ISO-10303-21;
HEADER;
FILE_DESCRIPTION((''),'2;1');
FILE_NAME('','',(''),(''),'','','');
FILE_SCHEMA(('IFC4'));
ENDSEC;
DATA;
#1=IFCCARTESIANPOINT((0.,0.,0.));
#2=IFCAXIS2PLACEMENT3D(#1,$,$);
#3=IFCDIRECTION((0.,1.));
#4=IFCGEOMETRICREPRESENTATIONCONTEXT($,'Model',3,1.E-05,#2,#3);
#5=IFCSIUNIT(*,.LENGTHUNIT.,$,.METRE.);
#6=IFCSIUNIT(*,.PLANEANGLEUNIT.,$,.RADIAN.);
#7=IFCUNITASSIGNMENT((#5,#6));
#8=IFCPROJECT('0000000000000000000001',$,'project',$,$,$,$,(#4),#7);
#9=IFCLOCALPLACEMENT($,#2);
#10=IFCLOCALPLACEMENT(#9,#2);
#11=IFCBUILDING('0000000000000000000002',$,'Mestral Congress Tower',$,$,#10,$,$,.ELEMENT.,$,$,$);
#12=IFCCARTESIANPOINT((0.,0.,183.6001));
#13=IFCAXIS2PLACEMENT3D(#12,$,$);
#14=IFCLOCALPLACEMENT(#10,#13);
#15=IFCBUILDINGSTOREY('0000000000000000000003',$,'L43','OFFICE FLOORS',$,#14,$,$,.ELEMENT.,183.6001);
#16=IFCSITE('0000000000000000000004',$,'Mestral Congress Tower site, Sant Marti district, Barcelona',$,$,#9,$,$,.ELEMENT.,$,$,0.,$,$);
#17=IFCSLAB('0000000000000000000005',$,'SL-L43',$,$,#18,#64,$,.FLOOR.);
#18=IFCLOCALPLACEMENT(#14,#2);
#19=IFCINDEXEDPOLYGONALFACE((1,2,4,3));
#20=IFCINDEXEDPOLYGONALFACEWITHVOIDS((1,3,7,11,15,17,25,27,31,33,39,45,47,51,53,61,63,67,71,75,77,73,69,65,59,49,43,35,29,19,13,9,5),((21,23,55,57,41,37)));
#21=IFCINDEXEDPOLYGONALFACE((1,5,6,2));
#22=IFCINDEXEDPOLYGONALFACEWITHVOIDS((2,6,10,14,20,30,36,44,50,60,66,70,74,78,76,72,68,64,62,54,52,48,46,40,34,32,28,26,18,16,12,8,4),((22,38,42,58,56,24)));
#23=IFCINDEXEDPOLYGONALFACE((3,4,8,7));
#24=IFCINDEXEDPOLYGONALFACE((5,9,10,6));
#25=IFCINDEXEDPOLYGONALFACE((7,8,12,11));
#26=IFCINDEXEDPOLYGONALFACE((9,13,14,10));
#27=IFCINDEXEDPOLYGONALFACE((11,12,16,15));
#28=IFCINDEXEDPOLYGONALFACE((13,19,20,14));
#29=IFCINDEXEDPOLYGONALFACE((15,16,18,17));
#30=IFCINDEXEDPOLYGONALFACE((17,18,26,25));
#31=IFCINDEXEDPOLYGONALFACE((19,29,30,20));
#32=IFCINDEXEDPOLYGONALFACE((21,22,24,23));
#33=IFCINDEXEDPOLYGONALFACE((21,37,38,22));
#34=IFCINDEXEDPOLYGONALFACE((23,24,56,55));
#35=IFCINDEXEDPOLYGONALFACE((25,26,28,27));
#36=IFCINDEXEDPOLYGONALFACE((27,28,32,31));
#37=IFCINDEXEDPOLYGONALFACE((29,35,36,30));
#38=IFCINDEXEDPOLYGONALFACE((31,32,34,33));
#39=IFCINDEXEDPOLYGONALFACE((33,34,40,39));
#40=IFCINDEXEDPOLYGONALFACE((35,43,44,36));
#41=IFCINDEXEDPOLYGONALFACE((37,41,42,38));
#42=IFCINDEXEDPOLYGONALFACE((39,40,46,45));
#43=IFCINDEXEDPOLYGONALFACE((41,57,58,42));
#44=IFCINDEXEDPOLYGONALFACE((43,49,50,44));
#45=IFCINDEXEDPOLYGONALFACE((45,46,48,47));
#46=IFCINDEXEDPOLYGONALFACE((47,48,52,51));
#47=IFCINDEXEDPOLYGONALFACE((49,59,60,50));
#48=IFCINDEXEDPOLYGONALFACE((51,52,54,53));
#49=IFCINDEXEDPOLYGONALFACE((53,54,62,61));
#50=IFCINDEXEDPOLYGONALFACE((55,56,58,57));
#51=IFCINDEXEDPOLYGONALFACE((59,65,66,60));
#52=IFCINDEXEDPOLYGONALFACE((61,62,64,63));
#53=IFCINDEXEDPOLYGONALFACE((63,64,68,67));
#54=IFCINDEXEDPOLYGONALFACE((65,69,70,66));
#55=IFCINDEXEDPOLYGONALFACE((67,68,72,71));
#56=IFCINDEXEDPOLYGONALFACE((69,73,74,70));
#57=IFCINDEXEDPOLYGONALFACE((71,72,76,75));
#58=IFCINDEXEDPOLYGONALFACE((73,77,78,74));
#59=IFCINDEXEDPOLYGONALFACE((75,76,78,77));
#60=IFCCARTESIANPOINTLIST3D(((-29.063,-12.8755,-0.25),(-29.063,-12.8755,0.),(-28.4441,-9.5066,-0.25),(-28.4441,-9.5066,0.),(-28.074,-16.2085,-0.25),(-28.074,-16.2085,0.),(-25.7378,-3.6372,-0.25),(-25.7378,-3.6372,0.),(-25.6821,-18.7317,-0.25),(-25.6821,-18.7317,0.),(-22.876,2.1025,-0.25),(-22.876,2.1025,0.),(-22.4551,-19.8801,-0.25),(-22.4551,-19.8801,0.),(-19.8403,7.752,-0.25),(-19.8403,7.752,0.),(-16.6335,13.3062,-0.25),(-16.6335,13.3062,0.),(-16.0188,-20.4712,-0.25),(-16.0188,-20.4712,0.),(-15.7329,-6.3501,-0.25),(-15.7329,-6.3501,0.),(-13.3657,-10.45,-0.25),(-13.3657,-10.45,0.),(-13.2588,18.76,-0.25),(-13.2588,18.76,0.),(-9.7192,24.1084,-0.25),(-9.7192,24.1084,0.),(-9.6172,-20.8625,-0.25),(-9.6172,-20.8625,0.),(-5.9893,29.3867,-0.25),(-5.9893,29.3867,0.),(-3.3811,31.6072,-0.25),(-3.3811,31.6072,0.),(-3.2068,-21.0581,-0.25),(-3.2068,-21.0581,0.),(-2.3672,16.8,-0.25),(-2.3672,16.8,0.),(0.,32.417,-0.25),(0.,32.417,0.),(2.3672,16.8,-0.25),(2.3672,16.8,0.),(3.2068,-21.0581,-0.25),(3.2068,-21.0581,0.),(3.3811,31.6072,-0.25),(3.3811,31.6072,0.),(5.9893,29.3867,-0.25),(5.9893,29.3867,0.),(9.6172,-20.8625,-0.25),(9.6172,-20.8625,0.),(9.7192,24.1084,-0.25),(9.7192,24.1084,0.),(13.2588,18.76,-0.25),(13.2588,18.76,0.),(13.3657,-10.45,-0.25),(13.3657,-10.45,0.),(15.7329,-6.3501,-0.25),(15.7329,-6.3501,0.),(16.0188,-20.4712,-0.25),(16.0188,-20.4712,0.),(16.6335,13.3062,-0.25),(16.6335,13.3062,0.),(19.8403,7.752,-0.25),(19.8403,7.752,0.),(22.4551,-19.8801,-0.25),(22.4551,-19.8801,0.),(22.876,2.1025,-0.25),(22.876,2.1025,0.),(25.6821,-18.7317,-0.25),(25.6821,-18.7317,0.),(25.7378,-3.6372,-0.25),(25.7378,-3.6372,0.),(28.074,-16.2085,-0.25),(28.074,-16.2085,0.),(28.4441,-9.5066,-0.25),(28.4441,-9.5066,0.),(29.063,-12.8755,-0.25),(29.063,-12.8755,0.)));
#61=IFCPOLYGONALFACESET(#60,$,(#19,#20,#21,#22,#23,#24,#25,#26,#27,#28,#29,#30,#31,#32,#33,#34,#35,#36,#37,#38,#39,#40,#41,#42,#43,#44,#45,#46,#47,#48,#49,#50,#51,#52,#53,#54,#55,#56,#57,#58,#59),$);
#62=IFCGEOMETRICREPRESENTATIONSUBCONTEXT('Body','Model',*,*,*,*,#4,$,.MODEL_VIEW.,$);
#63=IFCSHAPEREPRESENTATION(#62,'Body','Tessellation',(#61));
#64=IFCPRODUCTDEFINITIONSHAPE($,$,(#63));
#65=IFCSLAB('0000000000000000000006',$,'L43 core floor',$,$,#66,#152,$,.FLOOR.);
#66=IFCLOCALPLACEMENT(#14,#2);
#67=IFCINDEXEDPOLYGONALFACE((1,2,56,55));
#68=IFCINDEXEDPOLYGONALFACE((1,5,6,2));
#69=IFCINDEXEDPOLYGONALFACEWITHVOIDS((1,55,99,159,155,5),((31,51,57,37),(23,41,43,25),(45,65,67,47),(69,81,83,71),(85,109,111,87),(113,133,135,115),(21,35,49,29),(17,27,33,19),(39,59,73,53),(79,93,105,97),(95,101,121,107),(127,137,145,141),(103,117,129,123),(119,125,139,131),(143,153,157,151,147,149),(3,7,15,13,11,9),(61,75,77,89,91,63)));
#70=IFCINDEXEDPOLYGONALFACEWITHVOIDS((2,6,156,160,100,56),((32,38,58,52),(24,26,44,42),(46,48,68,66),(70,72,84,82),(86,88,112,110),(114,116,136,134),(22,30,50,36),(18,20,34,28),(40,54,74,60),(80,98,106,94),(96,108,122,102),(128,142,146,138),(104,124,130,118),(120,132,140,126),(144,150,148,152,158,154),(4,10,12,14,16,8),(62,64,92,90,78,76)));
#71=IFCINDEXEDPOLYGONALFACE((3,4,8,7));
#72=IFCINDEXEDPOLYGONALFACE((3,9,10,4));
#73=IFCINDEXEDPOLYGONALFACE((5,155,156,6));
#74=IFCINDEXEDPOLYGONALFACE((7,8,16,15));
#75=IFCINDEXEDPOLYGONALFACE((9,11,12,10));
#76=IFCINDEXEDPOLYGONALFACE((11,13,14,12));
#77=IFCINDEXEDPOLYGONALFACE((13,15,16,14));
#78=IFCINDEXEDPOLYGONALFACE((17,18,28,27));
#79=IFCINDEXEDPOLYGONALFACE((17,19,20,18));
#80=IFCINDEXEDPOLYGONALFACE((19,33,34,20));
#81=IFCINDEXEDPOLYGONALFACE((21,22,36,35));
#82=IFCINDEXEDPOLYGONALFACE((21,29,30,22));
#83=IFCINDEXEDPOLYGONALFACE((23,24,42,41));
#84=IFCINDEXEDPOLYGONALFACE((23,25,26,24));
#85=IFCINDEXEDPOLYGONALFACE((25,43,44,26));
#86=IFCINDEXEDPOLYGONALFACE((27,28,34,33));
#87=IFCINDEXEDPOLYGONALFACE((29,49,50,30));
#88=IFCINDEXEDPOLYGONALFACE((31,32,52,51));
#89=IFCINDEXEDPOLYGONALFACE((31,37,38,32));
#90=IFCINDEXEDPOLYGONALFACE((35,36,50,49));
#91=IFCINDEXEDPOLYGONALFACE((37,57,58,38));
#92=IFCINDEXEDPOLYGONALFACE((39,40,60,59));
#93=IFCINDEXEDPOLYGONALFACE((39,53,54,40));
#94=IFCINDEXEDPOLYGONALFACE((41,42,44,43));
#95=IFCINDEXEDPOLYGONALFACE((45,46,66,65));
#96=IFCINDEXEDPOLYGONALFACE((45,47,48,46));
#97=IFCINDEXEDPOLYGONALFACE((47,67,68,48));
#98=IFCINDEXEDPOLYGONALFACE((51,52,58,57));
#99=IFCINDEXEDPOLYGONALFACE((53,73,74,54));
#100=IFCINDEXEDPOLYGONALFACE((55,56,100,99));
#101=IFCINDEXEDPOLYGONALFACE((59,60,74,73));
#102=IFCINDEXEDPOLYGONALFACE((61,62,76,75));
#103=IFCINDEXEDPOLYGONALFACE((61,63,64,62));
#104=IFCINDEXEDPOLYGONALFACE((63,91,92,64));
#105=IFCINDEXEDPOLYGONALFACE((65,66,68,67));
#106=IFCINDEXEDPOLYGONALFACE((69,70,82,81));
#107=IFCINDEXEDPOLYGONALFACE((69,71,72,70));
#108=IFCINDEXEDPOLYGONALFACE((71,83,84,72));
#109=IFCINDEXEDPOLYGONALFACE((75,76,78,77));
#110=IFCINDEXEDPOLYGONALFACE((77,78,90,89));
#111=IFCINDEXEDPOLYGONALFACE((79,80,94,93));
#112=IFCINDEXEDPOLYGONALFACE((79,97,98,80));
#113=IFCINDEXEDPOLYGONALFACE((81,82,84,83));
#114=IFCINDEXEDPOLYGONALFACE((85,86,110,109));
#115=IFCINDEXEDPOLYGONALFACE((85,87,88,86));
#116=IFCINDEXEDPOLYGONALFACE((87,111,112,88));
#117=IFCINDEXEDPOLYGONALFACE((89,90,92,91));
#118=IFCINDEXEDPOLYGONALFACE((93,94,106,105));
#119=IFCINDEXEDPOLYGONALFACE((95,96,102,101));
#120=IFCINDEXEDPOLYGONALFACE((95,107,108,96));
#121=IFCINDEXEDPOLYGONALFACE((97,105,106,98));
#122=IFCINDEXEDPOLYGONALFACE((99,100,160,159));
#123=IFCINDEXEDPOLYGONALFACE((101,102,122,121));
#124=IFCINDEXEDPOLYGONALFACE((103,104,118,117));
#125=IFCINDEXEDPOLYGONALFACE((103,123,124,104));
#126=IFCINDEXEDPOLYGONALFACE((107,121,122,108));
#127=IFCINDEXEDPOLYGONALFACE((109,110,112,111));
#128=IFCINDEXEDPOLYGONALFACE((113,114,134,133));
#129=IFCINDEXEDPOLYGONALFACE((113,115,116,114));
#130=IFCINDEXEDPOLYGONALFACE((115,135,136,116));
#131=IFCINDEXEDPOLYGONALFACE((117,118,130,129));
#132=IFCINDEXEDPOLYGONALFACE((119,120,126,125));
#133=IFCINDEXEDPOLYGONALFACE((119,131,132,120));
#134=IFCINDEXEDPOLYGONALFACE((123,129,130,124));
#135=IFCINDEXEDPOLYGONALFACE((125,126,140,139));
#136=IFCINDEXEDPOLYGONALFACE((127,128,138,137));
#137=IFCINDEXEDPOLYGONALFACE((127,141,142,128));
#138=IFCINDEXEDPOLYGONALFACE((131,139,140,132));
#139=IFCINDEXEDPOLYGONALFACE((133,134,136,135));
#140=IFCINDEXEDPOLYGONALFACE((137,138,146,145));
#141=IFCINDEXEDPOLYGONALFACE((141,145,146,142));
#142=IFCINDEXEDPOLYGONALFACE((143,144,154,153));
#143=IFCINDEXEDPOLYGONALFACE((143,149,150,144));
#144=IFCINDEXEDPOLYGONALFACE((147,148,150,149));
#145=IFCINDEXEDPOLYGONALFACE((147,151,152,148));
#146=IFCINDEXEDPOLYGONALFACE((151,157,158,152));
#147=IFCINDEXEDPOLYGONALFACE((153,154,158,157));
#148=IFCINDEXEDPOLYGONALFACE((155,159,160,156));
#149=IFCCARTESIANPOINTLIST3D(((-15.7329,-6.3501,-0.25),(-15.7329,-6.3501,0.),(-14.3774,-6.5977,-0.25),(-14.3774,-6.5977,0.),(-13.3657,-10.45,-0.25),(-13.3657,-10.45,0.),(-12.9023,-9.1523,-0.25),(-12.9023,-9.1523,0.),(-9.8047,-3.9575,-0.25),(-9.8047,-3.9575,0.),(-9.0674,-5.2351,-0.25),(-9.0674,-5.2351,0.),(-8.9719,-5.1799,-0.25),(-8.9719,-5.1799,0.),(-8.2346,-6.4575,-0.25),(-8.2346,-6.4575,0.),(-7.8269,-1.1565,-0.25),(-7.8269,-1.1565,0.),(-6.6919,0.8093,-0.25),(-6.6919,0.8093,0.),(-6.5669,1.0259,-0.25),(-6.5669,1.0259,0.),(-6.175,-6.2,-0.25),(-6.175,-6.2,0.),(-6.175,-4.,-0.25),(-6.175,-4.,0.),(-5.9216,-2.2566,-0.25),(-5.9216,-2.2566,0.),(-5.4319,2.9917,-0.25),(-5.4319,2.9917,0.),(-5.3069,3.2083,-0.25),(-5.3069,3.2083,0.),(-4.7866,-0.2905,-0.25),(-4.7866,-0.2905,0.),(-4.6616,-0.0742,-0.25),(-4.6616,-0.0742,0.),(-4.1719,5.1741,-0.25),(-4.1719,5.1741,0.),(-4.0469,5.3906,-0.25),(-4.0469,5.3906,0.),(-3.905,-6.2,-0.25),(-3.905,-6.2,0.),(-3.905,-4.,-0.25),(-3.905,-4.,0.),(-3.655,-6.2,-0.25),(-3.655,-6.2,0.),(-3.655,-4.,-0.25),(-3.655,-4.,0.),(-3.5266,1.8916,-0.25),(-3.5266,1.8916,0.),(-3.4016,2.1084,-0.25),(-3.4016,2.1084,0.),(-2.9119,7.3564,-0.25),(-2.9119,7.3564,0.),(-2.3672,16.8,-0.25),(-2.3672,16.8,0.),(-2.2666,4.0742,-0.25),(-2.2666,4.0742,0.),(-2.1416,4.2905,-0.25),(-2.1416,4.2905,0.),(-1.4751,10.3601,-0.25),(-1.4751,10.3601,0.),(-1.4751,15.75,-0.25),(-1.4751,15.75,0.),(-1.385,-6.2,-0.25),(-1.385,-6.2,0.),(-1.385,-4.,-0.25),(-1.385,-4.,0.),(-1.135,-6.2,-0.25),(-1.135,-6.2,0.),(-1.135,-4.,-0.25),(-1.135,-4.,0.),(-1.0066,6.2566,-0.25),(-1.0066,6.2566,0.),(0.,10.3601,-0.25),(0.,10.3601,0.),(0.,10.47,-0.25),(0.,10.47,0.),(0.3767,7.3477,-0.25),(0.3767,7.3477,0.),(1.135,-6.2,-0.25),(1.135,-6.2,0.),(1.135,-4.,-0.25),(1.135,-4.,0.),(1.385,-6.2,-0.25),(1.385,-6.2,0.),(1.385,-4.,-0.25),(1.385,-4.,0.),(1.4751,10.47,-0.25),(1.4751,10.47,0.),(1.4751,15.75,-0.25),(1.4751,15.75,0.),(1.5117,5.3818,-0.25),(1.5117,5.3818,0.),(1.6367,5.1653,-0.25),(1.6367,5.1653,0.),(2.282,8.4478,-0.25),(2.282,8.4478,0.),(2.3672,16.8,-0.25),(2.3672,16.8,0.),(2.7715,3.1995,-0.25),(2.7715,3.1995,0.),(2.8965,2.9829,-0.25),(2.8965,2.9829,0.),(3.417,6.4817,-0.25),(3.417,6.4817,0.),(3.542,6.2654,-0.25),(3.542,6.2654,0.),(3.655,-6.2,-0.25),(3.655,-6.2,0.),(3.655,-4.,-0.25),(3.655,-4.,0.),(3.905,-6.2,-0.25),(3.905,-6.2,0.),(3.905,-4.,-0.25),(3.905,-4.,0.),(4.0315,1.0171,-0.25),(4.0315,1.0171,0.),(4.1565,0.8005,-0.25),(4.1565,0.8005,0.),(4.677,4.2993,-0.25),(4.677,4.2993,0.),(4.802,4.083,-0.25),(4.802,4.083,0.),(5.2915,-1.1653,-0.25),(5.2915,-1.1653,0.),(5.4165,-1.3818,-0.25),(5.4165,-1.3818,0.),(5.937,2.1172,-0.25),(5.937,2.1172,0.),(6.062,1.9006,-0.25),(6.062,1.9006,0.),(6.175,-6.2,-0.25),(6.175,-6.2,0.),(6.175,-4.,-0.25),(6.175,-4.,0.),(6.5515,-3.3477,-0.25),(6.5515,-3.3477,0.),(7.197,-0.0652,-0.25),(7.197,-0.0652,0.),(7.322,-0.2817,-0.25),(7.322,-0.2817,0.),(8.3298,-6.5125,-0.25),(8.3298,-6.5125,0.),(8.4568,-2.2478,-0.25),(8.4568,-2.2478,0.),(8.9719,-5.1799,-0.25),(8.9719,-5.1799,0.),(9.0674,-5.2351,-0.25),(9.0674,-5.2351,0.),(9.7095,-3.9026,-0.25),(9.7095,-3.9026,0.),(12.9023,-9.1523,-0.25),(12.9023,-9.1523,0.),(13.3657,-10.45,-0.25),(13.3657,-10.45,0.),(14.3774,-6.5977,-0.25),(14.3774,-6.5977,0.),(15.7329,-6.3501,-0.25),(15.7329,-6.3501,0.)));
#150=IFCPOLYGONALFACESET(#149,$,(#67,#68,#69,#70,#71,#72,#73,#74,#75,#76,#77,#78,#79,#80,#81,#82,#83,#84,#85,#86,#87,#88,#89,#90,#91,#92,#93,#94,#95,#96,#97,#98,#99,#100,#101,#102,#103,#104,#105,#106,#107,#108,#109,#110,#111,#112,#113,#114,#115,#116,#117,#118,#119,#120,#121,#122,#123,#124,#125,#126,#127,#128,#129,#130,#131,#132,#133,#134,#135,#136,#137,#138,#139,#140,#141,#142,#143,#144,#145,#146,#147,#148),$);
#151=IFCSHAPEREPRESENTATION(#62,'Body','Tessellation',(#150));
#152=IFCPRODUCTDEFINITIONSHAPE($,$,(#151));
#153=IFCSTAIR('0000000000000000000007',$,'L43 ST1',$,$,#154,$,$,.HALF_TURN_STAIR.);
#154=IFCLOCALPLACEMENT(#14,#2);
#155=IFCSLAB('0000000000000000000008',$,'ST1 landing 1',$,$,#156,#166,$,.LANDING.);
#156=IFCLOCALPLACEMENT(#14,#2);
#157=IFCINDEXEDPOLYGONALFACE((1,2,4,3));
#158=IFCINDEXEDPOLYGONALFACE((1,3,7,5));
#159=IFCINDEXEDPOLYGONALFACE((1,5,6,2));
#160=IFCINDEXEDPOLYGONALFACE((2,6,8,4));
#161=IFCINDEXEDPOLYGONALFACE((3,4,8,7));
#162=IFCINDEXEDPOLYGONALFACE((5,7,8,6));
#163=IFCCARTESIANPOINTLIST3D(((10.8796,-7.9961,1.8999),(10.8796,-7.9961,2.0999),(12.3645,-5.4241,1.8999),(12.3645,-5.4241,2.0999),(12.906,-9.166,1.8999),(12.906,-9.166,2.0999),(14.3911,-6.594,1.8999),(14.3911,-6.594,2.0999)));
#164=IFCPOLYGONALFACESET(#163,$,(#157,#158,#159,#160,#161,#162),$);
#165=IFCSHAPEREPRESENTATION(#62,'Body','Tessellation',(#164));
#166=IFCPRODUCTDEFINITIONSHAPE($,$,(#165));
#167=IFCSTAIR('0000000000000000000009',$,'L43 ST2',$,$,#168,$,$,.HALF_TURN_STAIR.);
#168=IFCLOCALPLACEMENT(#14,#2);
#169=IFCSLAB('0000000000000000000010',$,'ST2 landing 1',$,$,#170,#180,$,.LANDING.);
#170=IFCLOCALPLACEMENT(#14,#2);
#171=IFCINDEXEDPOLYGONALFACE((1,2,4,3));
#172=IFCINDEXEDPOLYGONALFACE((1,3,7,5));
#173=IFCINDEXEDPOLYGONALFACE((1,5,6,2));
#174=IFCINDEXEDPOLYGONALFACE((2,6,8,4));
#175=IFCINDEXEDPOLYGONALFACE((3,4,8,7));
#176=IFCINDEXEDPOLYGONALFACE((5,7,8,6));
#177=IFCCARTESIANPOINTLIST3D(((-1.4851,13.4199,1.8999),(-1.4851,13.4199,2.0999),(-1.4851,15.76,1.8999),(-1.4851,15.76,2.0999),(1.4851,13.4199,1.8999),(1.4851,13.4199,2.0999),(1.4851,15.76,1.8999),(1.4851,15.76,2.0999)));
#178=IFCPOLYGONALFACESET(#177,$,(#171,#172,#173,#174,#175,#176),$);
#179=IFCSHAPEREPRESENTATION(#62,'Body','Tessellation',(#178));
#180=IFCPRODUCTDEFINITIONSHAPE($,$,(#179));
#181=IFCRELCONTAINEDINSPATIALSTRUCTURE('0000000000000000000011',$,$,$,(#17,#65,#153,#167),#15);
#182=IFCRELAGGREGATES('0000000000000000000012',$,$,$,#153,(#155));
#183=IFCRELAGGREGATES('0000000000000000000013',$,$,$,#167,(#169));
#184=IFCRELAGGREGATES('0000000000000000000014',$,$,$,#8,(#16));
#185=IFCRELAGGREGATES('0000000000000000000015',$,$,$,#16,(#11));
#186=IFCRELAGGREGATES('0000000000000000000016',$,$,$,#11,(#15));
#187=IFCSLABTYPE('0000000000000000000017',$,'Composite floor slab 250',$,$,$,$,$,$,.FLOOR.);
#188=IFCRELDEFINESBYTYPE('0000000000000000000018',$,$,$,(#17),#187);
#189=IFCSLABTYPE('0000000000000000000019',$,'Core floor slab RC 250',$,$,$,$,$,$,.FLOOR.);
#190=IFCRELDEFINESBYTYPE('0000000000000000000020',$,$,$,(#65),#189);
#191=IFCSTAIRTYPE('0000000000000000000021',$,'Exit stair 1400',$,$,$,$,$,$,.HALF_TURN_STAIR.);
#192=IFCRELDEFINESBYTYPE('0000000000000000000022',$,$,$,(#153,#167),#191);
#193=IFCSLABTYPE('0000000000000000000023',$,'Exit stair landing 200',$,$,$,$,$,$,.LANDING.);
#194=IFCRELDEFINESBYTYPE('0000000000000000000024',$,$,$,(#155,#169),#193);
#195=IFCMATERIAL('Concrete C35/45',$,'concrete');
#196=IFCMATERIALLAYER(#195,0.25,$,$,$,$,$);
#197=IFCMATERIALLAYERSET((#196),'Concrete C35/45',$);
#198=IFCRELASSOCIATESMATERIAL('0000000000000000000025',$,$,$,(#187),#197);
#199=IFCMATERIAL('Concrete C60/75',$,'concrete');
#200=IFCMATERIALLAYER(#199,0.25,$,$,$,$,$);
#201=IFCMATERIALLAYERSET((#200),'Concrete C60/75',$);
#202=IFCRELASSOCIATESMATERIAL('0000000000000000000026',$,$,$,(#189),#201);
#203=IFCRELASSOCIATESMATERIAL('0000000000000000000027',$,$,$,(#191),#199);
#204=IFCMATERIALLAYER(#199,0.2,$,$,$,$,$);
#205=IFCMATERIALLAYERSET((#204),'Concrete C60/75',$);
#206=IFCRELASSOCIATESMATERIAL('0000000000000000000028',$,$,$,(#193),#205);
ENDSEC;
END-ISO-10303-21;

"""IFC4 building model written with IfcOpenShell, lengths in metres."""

from ifc_helpers import new_model, si_unit, direction, frame, origin, place, context, subcontext, project, spatial, polyline, outline, extrude, material, layer, layer_set, type_object, element, aggregate, save


model = new_model("IFC4")

# Units and contexts
model_context = context("Model", 3, precision=1e-05, world=origin(), true_north=direction((0.0, 1.0)))
body_context = subcontext(model_context, "Body", "Model", "MODEL_VIEW")
ifc_project = project(units=[si_unit("LENGTHUNIT", "METRE"), si_unit("PLANEANGLEUNIT", "RADIAN")], contexts=[model_context])

# Site, building, storey
site_placement = place(None, origin())
site = spatial("IfcSite", under=ifc_project, at=site_placement, Name="Mestral Congress Tower site, Sant Marti district, Barcelona", CompositionType="ELEMENT", RefElevation=0.0)
building_placement = place(site_placement, origin())
building = spatial("IfcBuilding", under=site, at=building_placement, Name="Mestral Congress Tower", CompositionType="ELEMENT")
storey_placement = place(building_placement, frame((0.0, 0.0, 183.6001)))
storey = spatial("IfcBuildingStorey", under=building, at=storey_placement, Name="L43", Description="OFFICE FLOORS", CompositionType="ELEMENT", Elevation=183.6001)

# Slabs
ifc_material_1 = material(Name="Concrete C35/45", Category="concrete")
ifc_layer_1 = layer(ifc_material_1, 0.25)
ifc_layer_set_1 = layer_set([ifc_layer_1], Name="Concrete C35/45")
slab_type_1 = type_object("IfcSlabType", Name="Composite floor slab 250", PredefinedType="FLOOR", material=ifc_layer_set_1)
placement_1 = place(storey_placement, frame((0.0, 0.0, -0.25)))
element("IfcSlab", 1, at=placement_1, inside=storey, type_object=slab_type_1, Name="SL-L43", PredefinedType="FLOOR", context=body_context, shape_type="SweptSolid", body=[
    extrude(outline(polyline([(-22.4551, -19.8801), (-25.6821, -18.7317), (-28.074, -16.2085), (-29.063, -12.8755), (-28.4441, -9.5066), (-25.7378, -3.6372), (-22.876, 2.1025), (-19.8403, 7.752), (-16.6335, 13.3062), (-13.2588, 18.76), (-9.7192, 24.1084), (-5.9893, 29.3867), (-3.3811, 31.6072), (0.0, 32.417), (3.3811, 31.6072), (5.9893, 29.3867), (9.7192, 24.1084), (13.2588, 18.76), (16.6335, 13.3062), (19.8403, 7.752), (22.876, 2.1025), (25.7378, -3.6372), (28.4441, -9.5066), (29.063, -12.8755), (28.074, -16.2085), (25.6821, -18.7317), (22.4551, -19.8801), (16.0188, -20.4712), (9.6172, -20.8625), (3.2068, -21.0581), (-3.2068, -21.0581), (-9.6172, -20.8625), (-16.0188, -20.4712), (-22.4551, -19.8801)]), holes=[polyline([(-2.3672, 16.8), (-15.7329, -6.3501), (-13.3657, -10.45), (13.3657, -10.45), (15.7329, -6.3501), (2.3672, 16.8), (-2.3672, 16.8)])]), origin(), (0.0, 0.0, 1.0), 0.25),
])
ifc_material_2 = material(Name="Concrete C60/75", Category="concrete")
ifc_layer_2 = layer(ifc_material_2, 0.25)
ifc_layer_set_2 = layer_set([ifc_layer_2], Name="Concrete C60/75")
slab_type_2 = type_object("IfcSlabType", Name="Core floor slab RC 250", PredefinedType="FLOOR", material=ifc_layer_set_2)
element("IfcSlab", 2, at=placement_1, inside=storey, type_object=slab_type_2, Name="L43 core floor", PredefinedType="FLOOR", context=body_context, shape_type="SweptSolid", body=[
    extrude(outline(polyline([(13.3657, -10.45), (-13.3657, -10.45), (-15.7329, -6.3501), (-2.3672, 16.8), (2.3672, 16.8), (15.7329, -6.3501), (13.3657, -10.45)]), holes=[polyline([(-9.8047, -3.9575), (-14.3774, -6.5977), (-12.9023, -9.1523), (-8.2346, -6.4575), (-8.9719, -5.1799), (-9.0674, -5.2351), (-9.8047, -3.9575)]), polyline([(-3.905, -4.0), (-6.175, -4.0), (-6.175, -6.2), (-3.905, -6.2), (-3.905, -4.0)]), polyline([(-1.385, -4.0), (-3.655, -4.0), (-3.655, -6.2), (-1.385, -6.2), (-1.385, -4.0)]), polyline([(1.135, -4.0), (-1.135, -4.0), (-1.135, -6.2), (1.135, -6.2), (1.135, -4.0)]), polyline([(-5.9216, -2.2566), (-4.7866, -0.2905), (-6.6919, 0.8093), (-7.8269, -1.1565), (-5.9216, -2.2566)]), polyline([(-4.6616, -0.0742), (-3.5266, 1.8916), (-5.4319, 2.9917), (-6.5669, 1.0259), (-4.6616, -0.0742)]), polyline([(-3.4016, 2.1084), (-2.2666, 4.0742), (-4.1719, 5.1741), (-5.3069, 3.2083), (-3.4016, 2.1084)]), polyline([(-2.1416, 4.2905), (-1.0066, 6.2566), (-2.9119, 7.3564), (-4.0469, 5.3906), (-2.1416, 4.2905)]), polyline([(1.4751, 10.47), (1.4751, 15.75), (-1.4751, 15.75), (-1.4751, 10.3601), (0.0, 10.3601), (0.0, 10.47), (1.4751, 10.47)]), polyline([(8.3298, -6.5125), (12.9023, -9.1523), (14.3774, -6.5977), (9.7095, -3.9026), (8.9719, -5.1799), (9.0674, -5.2351), (8.3298, -6.5125)]), polyline([(3.655, -4.0), (1.385, -4.0), (1.385, -6.2), (3.655, -6.2), (3.655, -4.0)]), polyline([(6.175, -4.0), (3.905, -4.0), (3.905, -6.2), (6.175, -6.2), (6.175, -4.0)]), polyline([(5.4165, -1.3818), (6.5515, -3.3477), (8.4568, -2.2478), (7.322, -0.2817), (5.4165, -1.3818)]), polyline([(4.1565, 0.8005), (5.2915, -1.1653), (7.197, -0.0652), (6.062, 1.9006), (4.1565, 0.8005)]), polyline([(2.8965, 2.9829), (4.0315, 1.0171), (5.937, 2.1172), (4.802, 4.083), (2.8965, 2.9829)]), polyline([(3.542, 6.2654), (1.6367, 5.1653), (2.7715, 3.1995), (4.677, 4.2993), (3.542, 6.2654)]), polyline([(2.282, 8.4478), (0.3767, 7.3477), (1.5117, 5.3818), (3.417, 6.4817), (2.282, 8.4478)])]), origin(), (0.0, 0.0, 1.0), 0.25),
])

# Stairs, slabs
stair_type = type_object("IfcStairType", Name="Exit stair 1400", PredefinedType="HALF_TURN_STAIR", material=ifc_material_2)
placement_2 = place(storey_placement, origin())
stair_1 = element("IfcStair", 3, at=placement_2, inside=storey, type_object=stair_type, Name="L43 ST1", PredefinedType="HALF_TURN_STAIR")
ifc_layer_3 = layer(ifc_material_2, 0.2)
ifc_layer_set_3 = layer_set([ifc_layer_3], Name="Concrete C60/75")
slab_type_3 = type_object("IfcSlabType", Name="Exit stair landing 200", PredefinedType="LANDING", material=ifc_layer_set_3)
placement_3 = place(storey_placement, frame((0.0, 0.0, 1.8999)))
slab_1 = element("IfcSlab", 4, at=placement_3, type_object=slab_type_3, Name="ST1 landing 1", PredefinedType="LANDING", context=body_context, shape_type="SweptSolid", body=[
    extrude(outline(polyline([(10.8796, -7.9961), (12.3645, -5.4241), (14.3911, -6.594), (12.906, -9.166), (10.8796, -7.9961)])), origin(), (0.0, 0.0, 1.0), 0.2),
])
aggregate(stair_1, [slab_1])
stair_2 = element("IfcStair", 5, at=placement_2, inside=storey, type_object=stair_type, Name="L43 ST2", PredefinedType="HALF_TURN_STAIR")
slab_2 = element("IfcSlab", 6, at=placement_3, type_object=slab_type_3, Name="ST2 landing 1", PredefinedType="LANDING", context=body_context, shape_type="SweptSolid", body=[
    extrude(outline(polyline([(1.4851, 13.4199), (-1.4851, 13.4199), (-1.4851, 15.76), (1.4851, 15.76), (1.4851, 13.4199)])), origin(), (0.0, 0.0, 1.0), 0.2),
])
aggregate(stair_2, [slab_2])

save(model, "model.ifc")
